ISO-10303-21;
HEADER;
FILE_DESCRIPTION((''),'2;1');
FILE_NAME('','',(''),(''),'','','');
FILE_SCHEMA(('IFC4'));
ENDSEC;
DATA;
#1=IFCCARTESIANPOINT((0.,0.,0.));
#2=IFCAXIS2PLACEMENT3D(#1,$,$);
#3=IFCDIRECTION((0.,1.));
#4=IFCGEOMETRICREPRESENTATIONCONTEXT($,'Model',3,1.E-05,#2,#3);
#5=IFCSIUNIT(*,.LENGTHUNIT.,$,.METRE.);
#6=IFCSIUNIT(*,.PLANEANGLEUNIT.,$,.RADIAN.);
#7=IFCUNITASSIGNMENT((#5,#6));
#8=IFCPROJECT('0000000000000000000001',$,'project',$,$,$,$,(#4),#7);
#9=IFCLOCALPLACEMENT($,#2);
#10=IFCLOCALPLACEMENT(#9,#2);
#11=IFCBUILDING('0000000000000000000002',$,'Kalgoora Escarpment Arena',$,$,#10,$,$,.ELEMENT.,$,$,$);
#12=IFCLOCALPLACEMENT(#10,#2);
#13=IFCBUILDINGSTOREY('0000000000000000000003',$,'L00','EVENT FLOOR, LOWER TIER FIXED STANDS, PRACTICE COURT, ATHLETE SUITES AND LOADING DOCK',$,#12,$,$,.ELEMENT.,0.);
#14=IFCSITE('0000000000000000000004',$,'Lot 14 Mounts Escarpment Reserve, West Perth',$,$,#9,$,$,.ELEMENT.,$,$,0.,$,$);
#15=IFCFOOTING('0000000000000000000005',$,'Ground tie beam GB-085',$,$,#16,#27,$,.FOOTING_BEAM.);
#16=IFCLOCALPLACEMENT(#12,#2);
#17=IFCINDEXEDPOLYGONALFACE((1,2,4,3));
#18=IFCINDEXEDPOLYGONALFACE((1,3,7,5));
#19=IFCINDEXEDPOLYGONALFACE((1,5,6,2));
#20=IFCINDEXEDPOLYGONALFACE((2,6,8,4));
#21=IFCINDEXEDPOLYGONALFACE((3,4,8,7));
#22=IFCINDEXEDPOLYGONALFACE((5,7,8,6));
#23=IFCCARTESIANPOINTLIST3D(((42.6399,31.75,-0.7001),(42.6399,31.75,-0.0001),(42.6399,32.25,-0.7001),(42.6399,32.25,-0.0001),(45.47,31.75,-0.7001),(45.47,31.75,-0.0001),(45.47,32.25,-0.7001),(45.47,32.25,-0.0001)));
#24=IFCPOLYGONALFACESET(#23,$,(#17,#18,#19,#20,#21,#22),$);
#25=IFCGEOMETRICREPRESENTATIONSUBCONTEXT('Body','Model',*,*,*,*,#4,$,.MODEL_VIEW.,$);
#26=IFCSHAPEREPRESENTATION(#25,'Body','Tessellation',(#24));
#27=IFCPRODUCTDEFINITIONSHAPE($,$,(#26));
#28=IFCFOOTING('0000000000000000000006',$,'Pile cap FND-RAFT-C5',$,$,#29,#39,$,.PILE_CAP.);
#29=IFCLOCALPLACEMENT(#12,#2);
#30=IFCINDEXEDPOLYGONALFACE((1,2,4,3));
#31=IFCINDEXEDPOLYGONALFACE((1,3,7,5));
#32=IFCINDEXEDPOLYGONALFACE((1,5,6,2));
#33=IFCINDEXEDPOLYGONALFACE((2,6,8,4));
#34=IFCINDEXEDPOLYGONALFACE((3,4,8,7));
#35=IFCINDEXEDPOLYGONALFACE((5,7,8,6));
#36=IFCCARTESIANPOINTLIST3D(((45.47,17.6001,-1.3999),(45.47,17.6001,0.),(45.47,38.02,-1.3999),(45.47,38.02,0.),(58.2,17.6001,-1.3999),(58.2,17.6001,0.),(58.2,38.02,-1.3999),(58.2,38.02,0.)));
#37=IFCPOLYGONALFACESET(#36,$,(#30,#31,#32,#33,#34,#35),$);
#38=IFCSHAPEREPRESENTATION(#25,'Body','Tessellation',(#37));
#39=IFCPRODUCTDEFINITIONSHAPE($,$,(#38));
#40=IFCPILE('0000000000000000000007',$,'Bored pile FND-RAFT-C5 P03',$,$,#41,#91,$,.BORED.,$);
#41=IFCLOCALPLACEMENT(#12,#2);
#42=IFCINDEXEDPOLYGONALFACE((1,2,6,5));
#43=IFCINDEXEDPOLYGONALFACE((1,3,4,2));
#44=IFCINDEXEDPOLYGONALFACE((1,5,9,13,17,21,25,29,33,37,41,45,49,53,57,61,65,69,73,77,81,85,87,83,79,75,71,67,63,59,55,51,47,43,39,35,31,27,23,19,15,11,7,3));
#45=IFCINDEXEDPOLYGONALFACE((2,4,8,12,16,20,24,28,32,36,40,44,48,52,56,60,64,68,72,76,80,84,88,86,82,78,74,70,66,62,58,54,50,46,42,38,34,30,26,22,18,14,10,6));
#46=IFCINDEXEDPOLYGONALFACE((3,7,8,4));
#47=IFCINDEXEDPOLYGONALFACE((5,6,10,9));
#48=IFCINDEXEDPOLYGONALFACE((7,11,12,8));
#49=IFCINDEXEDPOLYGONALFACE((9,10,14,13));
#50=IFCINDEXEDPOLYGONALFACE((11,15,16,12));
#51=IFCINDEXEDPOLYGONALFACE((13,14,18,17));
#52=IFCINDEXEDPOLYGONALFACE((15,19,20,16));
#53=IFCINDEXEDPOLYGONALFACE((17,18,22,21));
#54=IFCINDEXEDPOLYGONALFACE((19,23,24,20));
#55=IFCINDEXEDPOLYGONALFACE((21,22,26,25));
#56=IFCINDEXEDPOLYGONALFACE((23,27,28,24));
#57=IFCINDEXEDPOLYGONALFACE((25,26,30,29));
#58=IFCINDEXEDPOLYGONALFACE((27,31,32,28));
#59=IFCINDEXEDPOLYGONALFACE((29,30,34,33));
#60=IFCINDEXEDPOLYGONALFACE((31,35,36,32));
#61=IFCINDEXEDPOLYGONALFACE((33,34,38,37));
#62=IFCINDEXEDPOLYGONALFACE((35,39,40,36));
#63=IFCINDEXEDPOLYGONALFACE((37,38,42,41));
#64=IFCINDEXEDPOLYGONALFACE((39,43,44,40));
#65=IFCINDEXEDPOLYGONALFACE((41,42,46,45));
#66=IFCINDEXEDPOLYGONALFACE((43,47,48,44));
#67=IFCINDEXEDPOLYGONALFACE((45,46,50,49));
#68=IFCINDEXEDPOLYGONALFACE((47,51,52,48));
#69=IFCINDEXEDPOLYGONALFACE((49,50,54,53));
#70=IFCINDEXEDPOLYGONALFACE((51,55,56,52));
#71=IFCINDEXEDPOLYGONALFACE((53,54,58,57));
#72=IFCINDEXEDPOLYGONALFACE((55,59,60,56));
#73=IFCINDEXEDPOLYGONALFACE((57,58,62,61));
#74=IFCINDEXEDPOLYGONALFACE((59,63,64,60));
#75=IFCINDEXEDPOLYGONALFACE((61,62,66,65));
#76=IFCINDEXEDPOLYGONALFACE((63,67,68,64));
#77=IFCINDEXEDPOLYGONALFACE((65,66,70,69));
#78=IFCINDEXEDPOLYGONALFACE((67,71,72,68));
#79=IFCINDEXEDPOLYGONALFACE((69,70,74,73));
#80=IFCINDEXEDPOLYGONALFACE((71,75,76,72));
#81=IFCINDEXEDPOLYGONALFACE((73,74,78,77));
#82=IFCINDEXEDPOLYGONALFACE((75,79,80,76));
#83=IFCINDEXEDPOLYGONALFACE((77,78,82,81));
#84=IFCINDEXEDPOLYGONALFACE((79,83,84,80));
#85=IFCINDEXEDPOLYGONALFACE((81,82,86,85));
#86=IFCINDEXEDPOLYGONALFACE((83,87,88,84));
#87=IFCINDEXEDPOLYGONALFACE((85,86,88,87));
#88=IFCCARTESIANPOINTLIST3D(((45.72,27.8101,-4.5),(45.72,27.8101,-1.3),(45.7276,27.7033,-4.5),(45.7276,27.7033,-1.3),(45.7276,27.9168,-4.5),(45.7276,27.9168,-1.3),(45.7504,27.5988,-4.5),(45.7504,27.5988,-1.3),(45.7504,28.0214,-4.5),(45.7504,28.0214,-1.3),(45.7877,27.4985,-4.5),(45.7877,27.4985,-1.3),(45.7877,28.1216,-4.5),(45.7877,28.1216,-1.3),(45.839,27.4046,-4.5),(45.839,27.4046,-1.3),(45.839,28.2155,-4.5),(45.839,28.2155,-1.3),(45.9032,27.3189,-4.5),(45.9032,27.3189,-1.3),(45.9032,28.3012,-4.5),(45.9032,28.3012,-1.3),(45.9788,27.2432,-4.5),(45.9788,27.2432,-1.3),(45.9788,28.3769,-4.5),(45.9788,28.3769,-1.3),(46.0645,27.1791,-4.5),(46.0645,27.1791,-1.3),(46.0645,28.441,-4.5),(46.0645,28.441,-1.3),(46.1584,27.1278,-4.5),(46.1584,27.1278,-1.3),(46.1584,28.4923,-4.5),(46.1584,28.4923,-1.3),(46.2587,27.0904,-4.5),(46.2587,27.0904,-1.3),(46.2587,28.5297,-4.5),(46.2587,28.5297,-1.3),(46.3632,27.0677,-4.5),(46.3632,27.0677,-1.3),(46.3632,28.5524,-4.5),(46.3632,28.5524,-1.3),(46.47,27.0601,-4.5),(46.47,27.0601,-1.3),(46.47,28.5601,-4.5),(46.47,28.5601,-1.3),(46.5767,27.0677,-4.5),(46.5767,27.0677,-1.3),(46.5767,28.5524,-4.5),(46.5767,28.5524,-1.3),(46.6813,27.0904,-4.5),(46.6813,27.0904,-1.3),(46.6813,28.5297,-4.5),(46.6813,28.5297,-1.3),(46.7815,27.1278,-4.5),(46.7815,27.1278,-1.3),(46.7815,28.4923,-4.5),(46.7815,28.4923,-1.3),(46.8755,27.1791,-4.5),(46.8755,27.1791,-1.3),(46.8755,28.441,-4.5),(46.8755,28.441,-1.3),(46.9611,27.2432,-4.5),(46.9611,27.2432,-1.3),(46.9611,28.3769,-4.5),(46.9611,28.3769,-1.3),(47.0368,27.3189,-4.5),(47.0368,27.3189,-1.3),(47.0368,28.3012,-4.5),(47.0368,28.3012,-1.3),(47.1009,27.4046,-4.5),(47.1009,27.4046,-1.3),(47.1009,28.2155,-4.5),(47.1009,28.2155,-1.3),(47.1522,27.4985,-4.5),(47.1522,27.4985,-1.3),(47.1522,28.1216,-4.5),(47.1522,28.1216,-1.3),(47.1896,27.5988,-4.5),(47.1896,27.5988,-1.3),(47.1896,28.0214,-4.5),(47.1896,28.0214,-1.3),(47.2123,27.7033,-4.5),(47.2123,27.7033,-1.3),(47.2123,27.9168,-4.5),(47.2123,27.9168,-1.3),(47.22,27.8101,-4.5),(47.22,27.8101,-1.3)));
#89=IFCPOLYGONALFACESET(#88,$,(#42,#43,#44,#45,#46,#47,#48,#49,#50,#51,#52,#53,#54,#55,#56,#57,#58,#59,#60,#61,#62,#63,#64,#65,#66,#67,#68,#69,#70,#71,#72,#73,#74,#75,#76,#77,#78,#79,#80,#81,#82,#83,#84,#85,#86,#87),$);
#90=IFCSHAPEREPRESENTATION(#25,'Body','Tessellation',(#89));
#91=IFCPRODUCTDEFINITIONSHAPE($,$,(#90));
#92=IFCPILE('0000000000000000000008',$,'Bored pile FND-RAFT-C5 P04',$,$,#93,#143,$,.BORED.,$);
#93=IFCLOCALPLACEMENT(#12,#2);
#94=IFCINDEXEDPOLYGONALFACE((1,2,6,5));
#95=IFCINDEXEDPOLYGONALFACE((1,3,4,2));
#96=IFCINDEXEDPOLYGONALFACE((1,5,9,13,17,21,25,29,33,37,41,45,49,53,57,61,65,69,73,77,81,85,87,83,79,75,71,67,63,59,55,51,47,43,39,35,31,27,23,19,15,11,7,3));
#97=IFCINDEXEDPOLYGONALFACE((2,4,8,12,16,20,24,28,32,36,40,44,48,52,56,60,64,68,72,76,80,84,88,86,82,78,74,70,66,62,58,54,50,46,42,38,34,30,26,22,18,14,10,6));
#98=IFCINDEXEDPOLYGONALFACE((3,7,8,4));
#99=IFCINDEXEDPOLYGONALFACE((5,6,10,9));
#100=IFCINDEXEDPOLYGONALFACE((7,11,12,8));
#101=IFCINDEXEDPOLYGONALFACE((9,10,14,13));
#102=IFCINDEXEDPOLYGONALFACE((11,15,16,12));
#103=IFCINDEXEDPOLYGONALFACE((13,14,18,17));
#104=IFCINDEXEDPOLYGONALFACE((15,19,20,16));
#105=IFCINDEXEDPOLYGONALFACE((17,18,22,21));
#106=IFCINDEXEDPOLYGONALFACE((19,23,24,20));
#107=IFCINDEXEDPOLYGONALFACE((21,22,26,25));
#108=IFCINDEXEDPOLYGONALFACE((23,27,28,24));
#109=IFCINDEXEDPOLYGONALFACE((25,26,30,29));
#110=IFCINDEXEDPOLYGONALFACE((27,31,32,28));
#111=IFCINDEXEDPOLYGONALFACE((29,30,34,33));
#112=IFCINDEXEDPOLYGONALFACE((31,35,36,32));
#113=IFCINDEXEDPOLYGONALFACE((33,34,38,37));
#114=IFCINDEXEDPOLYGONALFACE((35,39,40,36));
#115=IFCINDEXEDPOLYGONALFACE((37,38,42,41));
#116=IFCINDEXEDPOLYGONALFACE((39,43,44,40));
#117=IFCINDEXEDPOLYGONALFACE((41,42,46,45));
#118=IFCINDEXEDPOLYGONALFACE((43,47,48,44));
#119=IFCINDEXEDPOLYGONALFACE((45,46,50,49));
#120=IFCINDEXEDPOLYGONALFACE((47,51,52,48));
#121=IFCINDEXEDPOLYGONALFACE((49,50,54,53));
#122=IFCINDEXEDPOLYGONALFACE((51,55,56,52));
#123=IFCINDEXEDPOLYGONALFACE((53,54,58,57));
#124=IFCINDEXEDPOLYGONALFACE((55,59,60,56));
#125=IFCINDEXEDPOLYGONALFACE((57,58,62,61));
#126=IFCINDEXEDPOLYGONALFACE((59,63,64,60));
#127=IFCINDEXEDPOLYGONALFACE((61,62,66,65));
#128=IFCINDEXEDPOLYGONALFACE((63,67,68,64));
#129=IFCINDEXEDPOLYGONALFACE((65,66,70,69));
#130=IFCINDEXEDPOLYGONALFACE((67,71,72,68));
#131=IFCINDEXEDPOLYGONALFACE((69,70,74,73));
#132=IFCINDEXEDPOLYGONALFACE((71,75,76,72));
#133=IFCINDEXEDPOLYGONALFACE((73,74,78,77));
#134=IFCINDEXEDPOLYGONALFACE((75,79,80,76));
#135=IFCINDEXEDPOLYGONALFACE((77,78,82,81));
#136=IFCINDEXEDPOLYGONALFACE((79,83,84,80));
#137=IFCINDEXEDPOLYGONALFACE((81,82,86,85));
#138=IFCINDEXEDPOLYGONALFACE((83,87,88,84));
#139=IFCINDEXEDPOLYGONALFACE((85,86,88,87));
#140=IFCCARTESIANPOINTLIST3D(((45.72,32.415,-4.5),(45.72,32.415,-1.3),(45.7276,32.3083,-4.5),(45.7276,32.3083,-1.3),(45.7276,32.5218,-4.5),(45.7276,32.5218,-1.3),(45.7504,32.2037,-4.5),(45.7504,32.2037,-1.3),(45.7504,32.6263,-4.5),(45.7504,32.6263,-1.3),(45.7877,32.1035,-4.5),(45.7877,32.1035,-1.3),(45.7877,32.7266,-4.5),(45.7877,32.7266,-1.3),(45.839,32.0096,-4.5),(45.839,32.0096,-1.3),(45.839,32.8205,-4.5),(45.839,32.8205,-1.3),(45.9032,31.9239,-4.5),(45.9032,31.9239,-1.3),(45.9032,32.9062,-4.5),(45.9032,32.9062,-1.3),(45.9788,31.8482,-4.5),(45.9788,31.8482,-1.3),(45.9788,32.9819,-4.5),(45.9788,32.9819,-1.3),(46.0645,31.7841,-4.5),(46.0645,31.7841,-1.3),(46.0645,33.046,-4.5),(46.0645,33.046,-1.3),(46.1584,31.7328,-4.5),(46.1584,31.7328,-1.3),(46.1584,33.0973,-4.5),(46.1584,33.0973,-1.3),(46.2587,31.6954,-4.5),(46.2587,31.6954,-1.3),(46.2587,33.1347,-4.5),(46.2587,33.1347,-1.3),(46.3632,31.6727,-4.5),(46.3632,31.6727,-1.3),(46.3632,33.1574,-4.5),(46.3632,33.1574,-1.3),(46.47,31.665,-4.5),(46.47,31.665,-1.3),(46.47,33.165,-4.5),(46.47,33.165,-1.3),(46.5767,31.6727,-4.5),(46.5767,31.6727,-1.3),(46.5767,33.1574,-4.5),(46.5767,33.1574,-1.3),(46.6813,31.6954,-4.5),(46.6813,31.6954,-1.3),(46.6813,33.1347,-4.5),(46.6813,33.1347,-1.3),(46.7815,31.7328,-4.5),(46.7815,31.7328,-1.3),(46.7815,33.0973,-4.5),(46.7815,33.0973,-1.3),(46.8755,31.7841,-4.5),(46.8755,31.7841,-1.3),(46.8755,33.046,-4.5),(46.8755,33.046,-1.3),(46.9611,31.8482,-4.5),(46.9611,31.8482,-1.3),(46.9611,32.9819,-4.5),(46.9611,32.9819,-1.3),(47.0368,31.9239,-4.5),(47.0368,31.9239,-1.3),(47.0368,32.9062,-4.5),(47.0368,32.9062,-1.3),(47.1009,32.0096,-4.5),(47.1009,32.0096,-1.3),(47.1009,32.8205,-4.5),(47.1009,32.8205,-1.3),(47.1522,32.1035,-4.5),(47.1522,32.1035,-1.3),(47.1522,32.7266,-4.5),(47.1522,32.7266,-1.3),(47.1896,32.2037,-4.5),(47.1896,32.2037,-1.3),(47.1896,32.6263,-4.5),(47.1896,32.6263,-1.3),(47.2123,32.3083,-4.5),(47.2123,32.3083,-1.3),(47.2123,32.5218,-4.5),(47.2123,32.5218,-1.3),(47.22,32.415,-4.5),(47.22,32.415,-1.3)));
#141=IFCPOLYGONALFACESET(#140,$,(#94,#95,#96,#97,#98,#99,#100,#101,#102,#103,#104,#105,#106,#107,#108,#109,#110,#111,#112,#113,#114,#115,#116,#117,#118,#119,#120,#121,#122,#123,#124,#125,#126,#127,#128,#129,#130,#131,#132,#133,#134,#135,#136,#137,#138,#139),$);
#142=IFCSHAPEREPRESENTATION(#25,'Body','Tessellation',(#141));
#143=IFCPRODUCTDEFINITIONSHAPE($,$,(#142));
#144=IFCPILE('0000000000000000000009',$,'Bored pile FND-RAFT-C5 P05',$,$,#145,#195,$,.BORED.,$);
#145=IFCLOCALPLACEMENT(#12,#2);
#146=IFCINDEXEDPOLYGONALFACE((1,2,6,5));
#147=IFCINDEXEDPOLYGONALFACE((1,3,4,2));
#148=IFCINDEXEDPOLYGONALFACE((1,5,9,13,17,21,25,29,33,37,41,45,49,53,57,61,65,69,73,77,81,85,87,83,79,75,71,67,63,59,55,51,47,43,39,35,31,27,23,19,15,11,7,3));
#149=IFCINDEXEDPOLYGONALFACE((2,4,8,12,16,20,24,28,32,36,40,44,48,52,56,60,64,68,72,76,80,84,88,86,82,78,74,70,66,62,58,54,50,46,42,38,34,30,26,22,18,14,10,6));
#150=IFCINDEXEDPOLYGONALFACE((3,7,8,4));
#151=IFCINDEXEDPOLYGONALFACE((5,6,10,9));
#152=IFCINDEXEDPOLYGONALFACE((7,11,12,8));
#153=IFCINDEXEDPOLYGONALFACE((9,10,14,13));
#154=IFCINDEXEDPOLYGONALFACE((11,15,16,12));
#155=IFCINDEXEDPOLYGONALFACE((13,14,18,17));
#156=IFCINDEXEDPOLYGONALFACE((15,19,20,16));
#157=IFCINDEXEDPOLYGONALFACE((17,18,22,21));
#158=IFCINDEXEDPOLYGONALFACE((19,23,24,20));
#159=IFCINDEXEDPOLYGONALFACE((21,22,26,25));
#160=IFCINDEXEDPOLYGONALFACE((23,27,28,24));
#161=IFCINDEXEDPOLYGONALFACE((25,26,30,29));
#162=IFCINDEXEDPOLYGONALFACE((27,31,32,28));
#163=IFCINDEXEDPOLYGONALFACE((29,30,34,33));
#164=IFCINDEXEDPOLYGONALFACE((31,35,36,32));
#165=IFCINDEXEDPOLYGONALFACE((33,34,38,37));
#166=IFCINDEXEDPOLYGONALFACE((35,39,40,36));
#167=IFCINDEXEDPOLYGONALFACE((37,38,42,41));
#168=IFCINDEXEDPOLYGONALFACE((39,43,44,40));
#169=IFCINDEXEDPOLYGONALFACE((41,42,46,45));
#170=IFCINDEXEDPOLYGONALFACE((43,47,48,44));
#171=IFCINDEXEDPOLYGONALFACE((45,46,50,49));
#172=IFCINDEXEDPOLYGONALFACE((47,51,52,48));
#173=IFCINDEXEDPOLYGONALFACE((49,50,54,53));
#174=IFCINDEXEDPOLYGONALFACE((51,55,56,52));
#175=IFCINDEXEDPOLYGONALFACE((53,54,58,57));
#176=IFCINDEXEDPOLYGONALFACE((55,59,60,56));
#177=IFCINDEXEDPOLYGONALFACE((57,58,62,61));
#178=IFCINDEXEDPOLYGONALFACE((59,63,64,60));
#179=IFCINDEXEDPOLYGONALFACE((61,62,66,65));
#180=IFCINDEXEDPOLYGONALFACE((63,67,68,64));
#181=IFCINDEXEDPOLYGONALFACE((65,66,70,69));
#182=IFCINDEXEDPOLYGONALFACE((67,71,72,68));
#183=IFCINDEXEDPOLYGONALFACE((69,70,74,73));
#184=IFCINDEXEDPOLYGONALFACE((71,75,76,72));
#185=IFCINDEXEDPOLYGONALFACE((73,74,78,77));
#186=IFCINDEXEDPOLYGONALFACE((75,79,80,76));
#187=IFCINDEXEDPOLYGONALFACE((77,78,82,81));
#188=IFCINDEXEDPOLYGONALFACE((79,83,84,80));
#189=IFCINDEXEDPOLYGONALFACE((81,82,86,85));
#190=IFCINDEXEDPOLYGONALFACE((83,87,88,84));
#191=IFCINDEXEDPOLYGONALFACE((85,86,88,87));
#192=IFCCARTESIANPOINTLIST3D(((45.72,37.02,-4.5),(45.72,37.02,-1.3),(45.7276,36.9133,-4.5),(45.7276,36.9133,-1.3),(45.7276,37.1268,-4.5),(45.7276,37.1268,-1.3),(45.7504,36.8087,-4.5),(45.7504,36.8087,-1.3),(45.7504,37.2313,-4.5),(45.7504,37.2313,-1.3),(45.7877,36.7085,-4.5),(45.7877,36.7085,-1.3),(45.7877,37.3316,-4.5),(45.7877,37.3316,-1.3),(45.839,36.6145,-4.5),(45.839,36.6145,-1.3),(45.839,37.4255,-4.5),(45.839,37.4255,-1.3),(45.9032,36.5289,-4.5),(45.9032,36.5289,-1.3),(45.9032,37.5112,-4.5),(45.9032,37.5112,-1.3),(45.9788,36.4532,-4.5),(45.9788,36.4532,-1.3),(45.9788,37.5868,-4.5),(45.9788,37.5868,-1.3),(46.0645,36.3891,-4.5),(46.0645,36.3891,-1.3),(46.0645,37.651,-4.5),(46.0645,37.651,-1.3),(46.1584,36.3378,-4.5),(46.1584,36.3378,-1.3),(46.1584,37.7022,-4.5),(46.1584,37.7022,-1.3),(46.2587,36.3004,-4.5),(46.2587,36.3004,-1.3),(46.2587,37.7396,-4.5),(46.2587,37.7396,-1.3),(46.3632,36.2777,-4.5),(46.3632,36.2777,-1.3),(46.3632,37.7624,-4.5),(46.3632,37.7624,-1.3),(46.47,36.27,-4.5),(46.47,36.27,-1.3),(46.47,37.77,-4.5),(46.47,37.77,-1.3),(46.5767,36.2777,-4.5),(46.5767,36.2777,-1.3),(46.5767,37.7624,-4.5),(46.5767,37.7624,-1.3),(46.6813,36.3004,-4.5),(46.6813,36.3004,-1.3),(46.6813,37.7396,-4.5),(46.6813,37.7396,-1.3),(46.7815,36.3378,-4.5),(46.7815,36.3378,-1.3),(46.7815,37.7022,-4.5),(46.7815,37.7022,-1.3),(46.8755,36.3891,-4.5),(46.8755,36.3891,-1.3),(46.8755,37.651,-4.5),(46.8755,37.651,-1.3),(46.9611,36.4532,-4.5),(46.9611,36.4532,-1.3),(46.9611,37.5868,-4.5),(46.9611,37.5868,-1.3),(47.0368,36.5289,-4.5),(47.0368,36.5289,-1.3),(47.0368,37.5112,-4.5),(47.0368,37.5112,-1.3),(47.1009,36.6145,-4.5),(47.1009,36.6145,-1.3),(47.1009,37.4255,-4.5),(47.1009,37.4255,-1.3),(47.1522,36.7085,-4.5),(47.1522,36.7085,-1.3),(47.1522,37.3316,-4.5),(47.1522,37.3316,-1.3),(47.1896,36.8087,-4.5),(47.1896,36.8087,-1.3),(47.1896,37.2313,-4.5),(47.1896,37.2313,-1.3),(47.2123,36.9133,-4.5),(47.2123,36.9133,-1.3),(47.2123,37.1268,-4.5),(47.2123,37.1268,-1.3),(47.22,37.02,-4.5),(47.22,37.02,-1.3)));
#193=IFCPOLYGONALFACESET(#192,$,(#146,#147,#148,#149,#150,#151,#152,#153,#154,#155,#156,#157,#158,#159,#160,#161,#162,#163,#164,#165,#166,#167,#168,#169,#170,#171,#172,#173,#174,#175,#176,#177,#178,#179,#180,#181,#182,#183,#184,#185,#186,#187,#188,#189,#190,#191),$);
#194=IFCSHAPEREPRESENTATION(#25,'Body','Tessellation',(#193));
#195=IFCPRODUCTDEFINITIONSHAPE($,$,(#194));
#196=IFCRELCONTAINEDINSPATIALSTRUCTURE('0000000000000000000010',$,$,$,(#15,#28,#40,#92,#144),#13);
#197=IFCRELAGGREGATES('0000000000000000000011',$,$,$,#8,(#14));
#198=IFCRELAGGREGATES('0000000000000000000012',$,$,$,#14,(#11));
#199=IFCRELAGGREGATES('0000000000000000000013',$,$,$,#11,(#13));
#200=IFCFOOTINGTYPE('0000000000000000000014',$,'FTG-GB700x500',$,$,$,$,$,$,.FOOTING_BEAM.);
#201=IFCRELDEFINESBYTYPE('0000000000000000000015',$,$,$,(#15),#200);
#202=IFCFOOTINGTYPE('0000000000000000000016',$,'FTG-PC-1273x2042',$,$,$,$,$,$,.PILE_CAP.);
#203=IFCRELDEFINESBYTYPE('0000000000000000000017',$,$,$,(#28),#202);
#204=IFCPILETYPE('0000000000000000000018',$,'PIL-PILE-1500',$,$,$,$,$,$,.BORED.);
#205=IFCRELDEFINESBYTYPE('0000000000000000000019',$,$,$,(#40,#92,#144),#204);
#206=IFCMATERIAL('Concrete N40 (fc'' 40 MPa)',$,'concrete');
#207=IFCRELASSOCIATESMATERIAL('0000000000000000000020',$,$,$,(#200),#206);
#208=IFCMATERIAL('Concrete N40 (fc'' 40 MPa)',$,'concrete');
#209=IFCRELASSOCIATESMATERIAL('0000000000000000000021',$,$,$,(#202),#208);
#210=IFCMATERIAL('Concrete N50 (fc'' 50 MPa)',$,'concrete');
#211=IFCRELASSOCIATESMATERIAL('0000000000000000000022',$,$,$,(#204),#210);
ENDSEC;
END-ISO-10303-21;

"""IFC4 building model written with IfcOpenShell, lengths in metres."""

from ifc_helpers import new_model, si_unit, direction, frame, origin, origin_2d, place, context, subcontext, project, spatial, rectangle, circle, extrude, material, material_profile, profile_set, type_object, element, save


model = new_model("IFC4")

# Units and contexts
model_context = context("Model", 3, precision=1e-05, world=origin(), true_north=direction((0.0, 1.0)))
body_context = subcontext(model_context, "Body", "Model", "MODEL_VIEW")
ifc_project = project(units=[si_unit("LENGTHUNIT", "METRE"), si_unit("PLANEANGLEUNIT", "RADIAN")], contexts=[model_context])

# Site, building, storey
site_placement = place(None, origin())
site = spatial("IfcSite", under=ifc_project, at=site_placement, Name="Lot 14 Mounts Escarpment Reserve, West Perth", CompositionType="ELEMENT", RefElevation=0.0)
building_placement = place(site_placement, origin())
building = spatial("IfcBuilding", under=site, at=building_placement, Name="Kalgoora Escarpment Arena", CompositionType="ELEMENT")
storey_placement = place(building_placement, origin())
storey = spatial("IfcBuildingStorey", under=building, at=storey_placement, Name="L00", Description="EVENT FLOOR, LOWER TIER FIXED STANDS, PRACTICE COURT, ATHLETE SUITES AND LOADING DOCK", CompositionType="ELEMENT", Elevation=0.0)

# Footings
ifc_material_1 = material(Name="Concrete N40 (fc' 40 MPa)", Category="concrete")
ifc_material_profile_1 = material_profile(ifc_material_1, rectangle(XDim=0.5, YDim=0.7, at=origin_2d()))
ifc_profile_set_1 = profile_set([ifc_material_profile_1], Name="Concrete N40 (fc' 40 MPa)")
footing_type_1 = type_object("IfcFootingType", Name="FTG-GB700x500", PredefinedType="FOOTING_BEAM", material=ifc_profile_set_1)
footing_1_placement = place(storey_placement, frame((42.6399, 32.0, -0.3501), z_axis=(1.0, 0.0, 0.0), x_axis=(0.0, 1.0, 0.0)))
element("IfcFooting", 1, at=footing_1_placement, inside=storey, type_object=footing_type_1, Name="Ground tie beam GB-085", PredefinedType="FOOTING_BEAM", context=body_context, shape_type="SweptSolid", body=[
    extrude(rectangle(XDim=0.5, YDim=0.7, at=origin_2d()), origin(), (0.0, 0.0, 1.0), 2.8301),
])
ifc_material_2 = material(Name="Concrete N40 (fc' 40 MPa)", Category="concrete")
footing_type_2 = type_object("IfcFootingType", Name="FTG-PC-1273x2042", PredefinedType="PILE_CAP", material=ifc_material_2)
footing_2_placement = place(storey_placement, frame((51.835, 27.8101, -1.3999), z_axis=(0.0, 0.0, 1.0), x_axis=(1.0, 0.0, 0.0)))
element("IfcFooting", 2, at=footing_2_placement, inside=storey, type_object=footing_type_2, Name="Pile cap FND-RAFT-C5", PredefinedType="PILE_CAP", context=body_context, shape_type="SweptSolid", body=[
    extrude(rectangle(XDim=12.73, YDim=20.4199, at=origin_2d()), origin(), (0.0, 0.0, 1.0), 1.3999),
])

# Piles
ifc_material_3 = material(Name="Concrete N50 (fc' 50 MPa)", Category="concrete")
ifc_material_profile_2 = material_profile(ifc_material_3, circle(Radius=0.75, at=origin_2d()))
ifc_profile_set_2 = profile_set([ifc_material_profile_2], Name="Concrete N50 (fc' 50 MPa)")
pile_type = type_object("IfcPileType", Name="PIL-PILE-1500", PredefinedType="BORED", material=ifc_profile_set_2)
for number, where, z_axis, x_axis, name in (
    (3, (46.47, 27.8101, -1.3), (0.0, 0.0, -1.0), (1.0, 0.0, 0.0), "Bored pile FND-RAFT-C5 P03"),
    (4, (46.47, 32.415, -1.3), (0.0, 0.0, -1.0), (1.0, 0.0, 0.0), "Bored pile FND-RAFT-C5 P04"),
    (5, (46.47, 37.02, -1.3), (0.0, 0.0, -1.0), (1.0, 0.0, 0.0), "Bored pile FND-RAFT-C5 P05"),
):
    element("IfcPile", number, at=place(storey_placement, frame(where, z_axis=z_axis, x_axis=x_axis)), inside=storey, type_object=pile_type, Name=name, PredefinedType="BORED", context=body_context, shape_type="SweptSolid", body=[
        extrude(circle(Radius=0.75, at=origin_2d()), origin(), (0.0, 0.0, 1.0), 3.2),
    ])

save(model, "model.ifc")
